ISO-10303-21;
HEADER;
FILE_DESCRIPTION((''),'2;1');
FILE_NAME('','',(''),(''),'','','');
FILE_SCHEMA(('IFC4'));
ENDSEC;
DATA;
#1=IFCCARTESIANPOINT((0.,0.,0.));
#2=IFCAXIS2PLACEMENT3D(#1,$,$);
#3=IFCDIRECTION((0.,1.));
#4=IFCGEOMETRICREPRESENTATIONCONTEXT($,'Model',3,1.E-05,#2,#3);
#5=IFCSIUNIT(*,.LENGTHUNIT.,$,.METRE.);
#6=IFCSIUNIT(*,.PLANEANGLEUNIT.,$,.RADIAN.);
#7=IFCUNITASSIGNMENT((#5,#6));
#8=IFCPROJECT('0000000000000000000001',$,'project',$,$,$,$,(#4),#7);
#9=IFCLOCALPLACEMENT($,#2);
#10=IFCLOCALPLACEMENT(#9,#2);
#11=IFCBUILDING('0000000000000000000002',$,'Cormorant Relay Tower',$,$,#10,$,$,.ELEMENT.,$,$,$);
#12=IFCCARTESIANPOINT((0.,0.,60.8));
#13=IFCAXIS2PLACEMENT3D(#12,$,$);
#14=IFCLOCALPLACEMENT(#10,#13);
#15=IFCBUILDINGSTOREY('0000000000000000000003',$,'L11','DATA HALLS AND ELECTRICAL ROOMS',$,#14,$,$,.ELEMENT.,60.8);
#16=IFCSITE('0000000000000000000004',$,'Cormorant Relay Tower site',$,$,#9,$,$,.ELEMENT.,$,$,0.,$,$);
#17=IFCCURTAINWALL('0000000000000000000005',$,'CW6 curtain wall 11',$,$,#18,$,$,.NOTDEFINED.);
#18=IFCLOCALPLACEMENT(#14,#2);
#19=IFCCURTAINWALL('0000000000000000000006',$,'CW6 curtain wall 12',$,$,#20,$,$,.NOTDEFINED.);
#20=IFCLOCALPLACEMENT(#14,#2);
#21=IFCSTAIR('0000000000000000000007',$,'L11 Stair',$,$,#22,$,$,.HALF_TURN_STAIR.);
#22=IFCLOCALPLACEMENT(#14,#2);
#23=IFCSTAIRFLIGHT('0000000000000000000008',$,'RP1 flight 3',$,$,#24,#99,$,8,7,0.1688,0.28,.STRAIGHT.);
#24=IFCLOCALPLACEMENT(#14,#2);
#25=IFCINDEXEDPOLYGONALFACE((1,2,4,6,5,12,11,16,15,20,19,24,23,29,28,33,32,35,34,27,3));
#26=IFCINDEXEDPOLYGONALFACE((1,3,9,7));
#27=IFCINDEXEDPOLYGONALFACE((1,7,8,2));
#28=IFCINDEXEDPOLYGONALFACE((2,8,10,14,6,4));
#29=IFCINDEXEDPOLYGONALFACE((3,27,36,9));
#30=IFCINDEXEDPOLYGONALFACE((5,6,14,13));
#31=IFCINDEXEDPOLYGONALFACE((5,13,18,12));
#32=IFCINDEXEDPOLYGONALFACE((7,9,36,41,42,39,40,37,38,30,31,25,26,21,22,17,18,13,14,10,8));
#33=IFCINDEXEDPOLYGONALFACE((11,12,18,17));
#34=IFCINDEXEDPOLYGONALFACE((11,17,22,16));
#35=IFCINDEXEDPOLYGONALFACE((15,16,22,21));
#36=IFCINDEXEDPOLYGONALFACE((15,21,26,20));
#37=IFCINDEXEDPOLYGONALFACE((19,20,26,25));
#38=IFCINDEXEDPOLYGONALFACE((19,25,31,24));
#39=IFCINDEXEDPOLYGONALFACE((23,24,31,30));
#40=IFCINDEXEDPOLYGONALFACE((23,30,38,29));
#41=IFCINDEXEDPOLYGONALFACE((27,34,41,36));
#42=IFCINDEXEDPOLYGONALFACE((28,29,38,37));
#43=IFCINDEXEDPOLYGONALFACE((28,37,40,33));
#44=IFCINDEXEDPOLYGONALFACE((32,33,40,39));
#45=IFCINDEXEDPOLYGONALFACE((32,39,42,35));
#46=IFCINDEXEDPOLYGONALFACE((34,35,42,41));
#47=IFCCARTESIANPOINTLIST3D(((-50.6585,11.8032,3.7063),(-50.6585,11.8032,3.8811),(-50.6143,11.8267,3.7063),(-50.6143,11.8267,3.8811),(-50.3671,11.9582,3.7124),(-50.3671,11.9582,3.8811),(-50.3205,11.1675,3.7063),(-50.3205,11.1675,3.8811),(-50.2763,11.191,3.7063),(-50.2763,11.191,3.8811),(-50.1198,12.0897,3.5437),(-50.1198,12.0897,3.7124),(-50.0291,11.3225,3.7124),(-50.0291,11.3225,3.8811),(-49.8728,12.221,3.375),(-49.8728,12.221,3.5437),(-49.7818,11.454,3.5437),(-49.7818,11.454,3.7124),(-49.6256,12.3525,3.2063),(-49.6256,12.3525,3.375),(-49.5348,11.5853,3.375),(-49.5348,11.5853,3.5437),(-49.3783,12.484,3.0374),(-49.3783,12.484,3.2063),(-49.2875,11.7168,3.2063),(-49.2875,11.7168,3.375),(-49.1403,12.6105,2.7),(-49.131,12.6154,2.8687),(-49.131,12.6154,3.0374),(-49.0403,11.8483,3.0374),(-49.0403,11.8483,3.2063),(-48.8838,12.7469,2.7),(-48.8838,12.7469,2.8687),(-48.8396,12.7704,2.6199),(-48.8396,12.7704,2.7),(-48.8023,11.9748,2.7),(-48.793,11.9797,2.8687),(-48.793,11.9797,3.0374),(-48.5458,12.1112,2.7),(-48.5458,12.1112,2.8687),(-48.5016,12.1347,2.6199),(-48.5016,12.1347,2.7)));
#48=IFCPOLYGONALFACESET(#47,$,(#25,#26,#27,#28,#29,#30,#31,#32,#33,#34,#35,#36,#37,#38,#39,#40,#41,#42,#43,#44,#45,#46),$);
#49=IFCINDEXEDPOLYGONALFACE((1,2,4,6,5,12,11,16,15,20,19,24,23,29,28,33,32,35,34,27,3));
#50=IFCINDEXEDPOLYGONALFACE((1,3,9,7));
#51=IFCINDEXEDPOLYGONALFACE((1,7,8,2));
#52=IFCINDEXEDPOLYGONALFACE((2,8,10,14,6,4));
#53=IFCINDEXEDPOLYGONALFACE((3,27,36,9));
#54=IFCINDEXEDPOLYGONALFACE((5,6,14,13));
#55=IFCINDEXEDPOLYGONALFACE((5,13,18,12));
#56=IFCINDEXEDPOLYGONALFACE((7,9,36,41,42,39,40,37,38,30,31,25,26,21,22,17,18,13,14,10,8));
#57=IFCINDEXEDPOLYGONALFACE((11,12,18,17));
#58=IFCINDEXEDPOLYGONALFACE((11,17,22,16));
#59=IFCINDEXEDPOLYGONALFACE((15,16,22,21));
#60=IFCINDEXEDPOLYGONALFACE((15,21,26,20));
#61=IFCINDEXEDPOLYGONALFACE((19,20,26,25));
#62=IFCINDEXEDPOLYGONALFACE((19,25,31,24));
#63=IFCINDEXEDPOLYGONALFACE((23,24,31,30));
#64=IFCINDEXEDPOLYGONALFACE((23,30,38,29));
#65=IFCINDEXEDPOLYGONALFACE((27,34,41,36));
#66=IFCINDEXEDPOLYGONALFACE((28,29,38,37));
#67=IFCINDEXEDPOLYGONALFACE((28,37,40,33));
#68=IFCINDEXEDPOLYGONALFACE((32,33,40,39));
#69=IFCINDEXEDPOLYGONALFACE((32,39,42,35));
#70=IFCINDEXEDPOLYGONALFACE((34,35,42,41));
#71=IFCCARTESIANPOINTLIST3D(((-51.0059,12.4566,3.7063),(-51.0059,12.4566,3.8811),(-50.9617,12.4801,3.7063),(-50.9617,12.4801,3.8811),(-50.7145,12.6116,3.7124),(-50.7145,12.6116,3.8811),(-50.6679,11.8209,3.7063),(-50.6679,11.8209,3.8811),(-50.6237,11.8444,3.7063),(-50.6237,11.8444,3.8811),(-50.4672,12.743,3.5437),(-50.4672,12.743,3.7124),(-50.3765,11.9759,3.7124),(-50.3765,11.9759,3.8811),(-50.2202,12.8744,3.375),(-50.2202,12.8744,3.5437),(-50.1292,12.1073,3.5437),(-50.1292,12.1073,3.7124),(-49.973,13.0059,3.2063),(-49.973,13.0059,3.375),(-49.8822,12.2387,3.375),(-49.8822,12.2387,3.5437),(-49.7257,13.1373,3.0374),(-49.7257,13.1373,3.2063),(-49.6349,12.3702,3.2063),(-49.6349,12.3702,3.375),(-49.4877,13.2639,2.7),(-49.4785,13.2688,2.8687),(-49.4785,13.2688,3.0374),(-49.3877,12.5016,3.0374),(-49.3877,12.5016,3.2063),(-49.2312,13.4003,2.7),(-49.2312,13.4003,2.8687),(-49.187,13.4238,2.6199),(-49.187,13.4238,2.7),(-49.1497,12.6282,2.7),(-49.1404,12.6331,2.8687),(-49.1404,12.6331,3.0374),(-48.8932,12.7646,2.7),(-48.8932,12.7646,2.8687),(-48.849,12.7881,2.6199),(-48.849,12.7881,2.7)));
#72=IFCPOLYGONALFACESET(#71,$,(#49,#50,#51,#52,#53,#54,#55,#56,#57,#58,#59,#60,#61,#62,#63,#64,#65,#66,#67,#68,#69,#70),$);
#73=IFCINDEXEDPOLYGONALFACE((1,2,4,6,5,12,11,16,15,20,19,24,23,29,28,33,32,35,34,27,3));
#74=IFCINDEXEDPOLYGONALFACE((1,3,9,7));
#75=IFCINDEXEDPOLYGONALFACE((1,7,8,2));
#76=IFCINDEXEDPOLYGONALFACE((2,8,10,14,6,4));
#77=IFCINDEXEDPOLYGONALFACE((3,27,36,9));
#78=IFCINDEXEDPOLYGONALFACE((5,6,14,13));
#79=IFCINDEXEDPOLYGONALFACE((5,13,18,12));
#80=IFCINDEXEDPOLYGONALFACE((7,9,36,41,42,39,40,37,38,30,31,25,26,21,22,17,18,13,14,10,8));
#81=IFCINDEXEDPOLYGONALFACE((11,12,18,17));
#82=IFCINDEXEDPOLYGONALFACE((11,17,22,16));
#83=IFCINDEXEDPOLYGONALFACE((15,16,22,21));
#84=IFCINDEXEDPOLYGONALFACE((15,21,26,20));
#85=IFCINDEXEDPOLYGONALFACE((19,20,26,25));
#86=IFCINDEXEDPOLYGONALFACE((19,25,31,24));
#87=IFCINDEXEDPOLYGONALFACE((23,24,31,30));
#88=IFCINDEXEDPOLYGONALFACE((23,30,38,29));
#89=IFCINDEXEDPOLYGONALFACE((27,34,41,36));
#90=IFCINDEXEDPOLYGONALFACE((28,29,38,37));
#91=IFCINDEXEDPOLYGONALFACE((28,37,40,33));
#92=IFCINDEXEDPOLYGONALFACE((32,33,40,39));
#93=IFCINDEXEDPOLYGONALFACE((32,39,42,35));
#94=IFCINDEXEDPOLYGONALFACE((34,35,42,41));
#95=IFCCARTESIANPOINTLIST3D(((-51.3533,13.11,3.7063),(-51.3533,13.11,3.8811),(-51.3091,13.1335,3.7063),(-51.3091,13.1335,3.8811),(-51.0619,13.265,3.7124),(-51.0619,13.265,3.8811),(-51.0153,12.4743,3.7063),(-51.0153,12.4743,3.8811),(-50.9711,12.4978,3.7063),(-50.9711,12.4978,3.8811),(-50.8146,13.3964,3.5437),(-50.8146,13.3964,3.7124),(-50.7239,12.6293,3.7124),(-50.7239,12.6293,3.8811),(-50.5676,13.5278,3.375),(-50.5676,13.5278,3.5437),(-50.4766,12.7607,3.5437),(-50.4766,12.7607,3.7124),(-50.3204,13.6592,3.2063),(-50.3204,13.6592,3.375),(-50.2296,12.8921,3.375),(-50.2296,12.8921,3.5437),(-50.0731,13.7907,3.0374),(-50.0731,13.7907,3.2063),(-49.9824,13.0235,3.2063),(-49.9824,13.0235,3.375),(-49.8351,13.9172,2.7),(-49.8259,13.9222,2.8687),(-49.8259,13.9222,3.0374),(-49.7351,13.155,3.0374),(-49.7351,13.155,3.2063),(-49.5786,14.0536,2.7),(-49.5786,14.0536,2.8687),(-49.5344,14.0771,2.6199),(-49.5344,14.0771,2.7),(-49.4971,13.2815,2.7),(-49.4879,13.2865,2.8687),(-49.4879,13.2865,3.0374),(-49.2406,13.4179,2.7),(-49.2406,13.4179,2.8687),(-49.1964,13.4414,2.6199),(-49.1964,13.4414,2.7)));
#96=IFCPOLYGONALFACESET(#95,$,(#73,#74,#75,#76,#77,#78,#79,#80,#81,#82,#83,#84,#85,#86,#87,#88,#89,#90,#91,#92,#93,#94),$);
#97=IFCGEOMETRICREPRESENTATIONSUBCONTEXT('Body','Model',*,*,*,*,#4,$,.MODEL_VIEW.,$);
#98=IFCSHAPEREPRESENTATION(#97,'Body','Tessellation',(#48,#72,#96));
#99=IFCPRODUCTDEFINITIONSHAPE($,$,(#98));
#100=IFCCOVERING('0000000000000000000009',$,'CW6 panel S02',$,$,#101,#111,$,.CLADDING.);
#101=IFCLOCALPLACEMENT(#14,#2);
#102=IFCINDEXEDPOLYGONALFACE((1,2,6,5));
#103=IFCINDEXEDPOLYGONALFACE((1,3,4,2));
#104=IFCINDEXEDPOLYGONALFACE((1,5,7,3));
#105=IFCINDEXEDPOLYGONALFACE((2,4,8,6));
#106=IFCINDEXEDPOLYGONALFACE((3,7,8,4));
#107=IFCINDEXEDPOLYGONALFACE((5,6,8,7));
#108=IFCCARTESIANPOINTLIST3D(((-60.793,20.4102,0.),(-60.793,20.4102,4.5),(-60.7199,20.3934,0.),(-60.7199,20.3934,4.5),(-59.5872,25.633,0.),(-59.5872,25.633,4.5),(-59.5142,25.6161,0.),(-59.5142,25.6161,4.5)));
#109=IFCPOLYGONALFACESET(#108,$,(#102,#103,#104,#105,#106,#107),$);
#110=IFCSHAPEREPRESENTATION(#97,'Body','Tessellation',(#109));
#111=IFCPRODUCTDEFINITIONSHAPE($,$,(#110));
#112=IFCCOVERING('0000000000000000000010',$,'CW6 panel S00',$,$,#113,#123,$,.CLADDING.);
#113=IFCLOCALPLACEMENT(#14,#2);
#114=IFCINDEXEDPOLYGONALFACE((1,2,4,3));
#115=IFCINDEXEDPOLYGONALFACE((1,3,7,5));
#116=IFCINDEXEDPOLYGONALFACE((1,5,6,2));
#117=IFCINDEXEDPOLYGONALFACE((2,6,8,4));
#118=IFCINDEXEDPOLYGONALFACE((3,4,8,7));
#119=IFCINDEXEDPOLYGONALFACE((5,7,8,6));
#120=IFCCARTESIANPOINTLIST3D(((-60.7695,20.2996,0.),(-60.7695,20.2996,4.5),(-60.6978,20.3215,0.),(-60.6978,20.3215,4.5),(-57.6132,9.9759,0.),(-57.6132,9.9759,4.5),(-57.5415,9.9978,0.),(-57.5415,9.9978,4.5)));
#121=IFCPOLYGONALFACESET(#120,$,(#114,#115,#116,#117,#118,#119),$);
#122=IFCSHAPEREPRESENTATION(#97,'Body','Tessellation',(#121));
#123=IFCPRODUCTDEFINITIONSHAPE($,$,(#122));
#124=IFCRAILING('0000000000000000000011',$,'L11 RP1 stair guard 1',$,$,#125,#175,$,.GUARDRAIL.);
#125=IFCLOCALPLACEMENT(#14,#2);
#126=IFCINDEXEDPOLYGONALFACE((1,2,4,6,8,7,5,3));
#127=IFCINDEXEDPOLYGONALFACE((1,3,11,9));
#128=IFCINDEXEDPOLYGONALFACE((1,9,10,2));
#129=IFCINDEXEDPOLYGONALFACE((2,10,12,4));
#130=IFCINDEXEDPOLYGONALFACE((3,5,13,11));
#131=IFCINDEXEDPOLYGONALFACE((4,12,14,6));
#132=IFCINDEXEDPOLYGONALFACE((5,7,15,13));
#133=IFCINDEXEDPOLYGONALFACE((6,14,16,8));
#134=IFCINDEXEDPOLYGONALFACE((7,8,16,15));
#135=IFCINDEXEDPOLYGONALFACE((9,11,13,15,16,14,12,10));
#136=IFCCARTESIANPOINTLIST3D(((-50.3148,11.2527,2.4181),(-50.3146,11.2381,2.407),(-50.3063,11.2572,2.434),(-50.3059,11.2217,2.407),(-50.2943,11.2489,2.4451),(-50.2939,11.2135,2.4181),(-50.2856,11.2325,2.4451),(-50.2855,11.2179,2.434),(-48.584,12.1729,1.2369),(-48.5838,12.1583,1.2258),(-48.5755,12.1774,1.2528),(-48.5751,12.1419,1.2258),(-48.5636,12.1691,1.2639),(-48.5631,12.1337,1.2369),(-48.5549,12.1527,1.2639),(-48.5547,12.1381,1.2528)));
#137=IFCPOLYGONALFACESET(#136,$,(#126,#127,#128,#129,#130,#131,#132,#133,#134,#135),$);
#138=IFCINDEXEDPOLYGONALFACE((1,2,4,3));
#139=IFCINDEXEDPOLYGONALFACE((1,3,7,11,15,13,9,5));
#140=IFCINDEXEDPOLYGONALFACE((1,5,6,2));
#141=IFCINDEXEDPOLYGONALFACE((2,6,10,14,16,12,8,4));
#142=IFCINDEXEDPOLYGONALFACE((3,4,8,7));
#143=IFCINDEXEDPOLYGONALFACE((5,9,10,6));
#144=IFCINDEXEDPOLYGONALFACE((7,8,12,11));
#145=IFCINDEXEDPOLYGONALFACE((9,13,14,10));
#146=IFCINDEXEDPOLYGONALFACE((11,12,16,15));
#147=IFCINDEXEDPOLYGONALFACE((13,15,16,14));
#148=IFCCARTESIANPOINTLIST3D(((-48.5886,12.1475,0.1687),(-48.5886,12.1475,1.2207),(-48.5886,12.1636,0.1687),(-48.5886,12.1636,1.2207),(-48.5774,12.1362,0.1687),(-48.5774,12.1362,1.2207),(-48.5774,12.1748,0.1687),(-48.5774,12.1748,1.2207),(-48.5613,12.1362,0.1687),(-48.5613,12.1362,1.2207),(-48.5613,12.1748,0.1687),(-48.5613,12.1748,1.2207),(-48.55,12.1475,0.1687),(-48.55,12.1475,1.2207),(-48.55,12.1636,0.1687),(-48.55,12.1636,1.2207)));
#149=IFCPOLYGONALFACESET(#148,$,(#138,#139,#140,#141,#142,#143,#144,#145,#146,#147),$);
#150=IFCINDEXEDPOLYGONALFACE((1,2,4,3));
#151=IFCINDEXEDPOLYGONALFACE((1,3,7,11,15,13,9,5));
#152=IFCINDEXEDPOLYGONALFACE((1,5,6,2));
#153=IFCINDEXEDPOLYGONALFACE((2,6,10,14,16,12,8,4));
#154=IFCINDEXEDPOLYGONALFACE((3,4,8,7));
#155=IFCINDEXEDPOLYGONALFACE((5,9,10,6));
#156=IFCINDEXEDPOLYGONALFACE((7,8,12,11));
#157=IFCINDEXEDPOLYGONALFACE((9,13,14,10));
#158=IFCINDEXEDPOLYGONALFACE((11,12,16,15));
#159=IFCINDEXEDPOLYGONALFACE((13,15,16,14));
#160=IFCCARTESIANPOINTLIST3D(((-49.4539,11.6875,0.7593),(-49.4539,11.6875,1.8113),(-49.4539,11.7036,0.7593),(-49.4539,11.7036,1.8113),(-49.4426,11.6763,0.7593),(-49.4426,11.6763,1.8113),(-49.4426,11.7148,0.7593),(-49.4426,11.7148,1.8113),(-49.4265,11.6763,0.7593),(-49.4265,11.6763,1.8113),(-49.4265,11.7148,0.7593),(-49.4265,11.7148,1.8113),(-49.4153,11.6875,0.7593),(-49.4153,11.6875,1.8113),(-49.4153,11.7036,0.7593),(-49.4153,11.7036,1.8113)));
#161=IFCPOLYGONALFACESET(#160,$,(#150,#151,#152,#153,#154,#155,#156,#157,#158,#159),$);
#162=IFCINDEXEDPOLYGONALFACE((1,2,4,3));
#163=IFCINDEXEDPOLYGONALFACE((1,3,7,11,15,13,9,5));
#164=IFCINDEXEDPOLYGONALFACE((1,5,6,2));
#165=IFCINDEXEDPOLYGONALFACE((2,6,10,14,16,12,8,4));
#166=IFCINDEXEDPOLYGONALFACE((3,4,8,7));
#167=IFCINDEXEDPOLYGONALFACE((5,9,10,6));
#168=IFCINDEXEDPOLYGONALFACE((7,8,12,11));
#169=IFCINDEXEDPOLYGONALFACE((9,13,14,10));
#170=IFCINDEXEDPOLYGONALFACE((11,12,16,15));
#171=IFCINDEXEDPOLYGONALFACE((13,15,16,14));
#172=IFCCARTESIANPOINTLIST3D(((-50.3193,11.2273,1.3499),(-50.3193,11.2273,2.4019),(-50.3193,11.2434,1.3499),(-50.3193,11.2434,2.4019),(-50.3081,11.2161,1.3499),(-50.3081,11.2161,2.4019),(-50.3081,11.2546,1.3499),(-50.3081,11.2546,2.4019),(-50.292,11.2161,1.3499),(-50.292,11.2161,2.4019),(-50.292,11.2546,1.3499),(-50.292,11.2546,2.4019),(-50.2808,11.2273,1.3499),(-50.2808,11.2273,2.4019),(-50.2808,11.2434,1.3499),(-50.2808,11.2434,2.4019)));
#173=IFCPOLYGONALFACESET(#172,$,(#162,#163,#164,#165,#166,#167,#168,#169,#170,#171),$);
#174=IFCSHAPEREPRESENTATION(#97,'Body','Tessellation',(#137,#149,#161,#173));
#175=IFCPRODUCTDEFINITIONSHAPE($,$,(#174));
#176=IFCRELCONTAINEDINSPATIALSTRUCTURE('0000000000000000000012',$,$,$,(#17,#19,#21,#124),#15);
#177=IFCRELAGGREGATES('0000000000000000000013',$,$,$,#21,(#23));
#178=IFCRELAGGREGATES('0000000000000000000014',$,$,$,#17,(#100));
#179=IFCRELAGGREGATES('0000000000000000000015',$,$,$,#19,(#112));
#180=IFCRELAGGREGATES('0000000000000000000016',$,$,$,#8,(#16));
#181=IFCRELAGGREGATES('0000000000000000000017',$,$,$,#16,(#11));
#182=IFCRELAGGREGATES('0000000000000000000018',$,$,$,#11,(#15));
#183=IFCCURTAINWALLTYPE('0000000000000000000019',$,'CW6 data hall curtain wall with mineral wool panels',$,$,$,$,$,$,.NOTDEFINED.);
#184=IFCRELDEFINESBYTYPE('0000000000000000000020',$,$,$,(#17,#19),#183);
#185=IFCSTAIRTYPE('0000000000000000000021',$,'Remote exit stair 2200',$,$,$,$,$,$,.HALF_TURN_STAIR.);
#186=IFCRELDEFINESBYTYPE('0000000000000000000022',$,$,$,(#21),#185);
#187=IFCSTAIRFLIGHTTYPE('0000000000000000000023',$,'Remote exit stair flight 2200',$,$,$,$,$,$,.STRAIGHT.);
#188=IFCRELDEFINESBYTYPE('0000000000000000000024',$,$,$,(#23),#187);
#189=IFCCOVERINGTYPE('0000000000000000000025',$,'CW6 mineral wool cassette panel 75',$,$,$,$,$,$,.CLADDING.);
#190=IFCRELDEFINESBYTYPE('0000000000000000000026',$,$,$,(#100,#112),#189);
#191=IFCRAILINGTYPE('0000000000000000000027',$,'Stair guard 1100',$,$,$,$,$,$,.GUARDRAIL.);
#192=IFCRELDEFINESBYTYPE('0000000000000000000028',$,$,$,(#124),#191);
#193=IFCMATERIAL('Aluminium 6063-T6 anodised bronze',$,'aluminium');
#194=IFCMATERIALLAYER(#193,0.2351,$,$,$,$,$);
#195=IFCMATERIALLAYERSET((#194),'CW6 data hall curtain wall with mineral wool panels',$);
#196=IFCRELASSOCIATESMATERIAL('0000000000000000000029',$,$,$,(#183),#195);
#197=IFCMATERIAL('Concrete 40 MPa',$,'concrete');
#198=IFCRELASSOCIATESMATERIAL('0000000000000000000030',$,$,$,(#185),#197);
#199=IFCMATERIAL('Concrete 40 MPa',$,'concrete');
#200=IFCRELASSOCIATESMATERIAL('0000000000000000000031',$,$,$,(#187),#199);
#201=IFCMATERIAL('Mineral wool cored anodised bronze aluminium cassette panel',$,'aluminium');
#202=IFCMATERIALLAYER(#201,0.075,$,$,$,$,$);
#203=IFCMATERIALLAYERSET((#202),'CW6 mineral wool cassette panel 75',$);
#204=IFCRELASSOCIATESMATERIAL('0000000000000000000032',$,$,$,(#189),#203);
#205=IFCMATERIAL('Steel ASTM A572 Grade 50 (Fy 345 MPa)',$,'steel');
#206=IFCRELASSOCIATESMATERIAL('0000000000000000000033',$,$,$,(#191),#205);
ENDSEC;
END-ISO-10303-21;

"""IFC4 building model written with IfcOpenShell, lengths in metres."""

from ifc_helpers import new_model, si_unit, direction, frame, origin, origin_2d, place, context, subcontext, project, spatial, polyline, rectangle, outline, extrude, material, layer, layer_set, type_object, element, aggregate, save


model = new_model("IFC4")

# Units and contexts
model_context = context("Model", 3, precision=1e-05, world=origin(), true_north=direction((0.0, 1.0)))
body_context = subcontext(model_context, "Body", "Model", "MODEL_VIEW")
ifc_project = project(units=[si_unit("LENGTHUNIT", "METRE"), si_unit("PLANEANGLEUNIT", "RADIAN")], contexts=[model_context])

# Site, building, storey
site_placement = place(None, origin())
site = spatial("IfcSite", under=ifc_project, at=site_placement, Name="Cormorant Relay Tower site", CompositionType="ELEMENT", RefElevation=0.0)
building_placement = place(site_placement, origin())
building = spatial("IfcBuilding", under=site, at=building_placement, Name="Cormorant Relay Tower", CompositionType="ELEMENT")
storey_placement = place(building_placement, frame((0.0, 0.0, 60.8)))
storey = spatial("IfcBuildingStorey", under=building, at=storey_placement, Name="L11", Description="DATA HALLS AND ELECTRICAL ROOMS", CompositionType="ELEMENT", Elevation=60.8)

# Curtain wall
ifc_material_1 = material(Name="Aluminium 6063-T6 anodised bronze", Category="aluminium")
ifc_layer_1 = layer(ifc_material_1, 0.2351)
ifc_layer_set_1 = layer_set([ifc_layer_1], Name="CW6 data hall curtain wall with mineral wool panels")
curtain_wall_type = type_object("IfcCurtainWallType", Name="CW6 data hall curtain wall with mineral wool panels", PredefinedType="NOTDEFINED", material=ifc_layer_set_1)
curtain_wall_1_placement = place(storey_placement, origin())
curtain_wall_1 = element("IfcCurtainWall", 1, at=curtain_wall_1_placement, inside=storey, type_object=curtain_wall_type, Name="CW6 curtain wall 11", PredefinedType="NOTDEFINED")

# Curtain wall
curtain_wall_2_placement = place(storey_placement, origin())
curtain_wall_2 = element("IfcCurtainWall", 2, at=curtain_wall_2_placement, inside=storey, type_object=curtain_wall_type, Name="CW6 curtain wall 12", PredefinedType="NOTDEFINED")

# Stair, stair flight
ifc_material_2 = material(Name="Concrete 40 MPa", Category="concrete")
stair_type = type_object("IfcStairType", Name="Remote exit stair 2200", PredefinedType="HALF_TURN_STAIR", material=ifc_material_2)
stair_placement = place(storey_placement, origin())
stair = element("IfcStair", 3, at=stair_placement, inside=storey, type_object=stair_type, Name="L11 Stair", PredefinedType="HALF_TURN_STAIR")
ifc_material_3 = material(Name="Concrete 40 MPa", Category="concrete")
stair_flight_type = type_object("IfcStairFlightType", Name="Remote exit stair flight 2200", PredefinedType="STRAIGHT", material=ifc_material_3)
stair_flight_1_placement = place(storey_placement, frame((-49.0623, 13.0825, 2.7), z_axis=(0.0, 0.0, 1.0), x_axis=(-0.882948, -0.469472, 0.0)))
stair_flight_1 = element("IfcStairFlight", 4, at=stair_flight_1_placement, type_object=stair_flight_type, Name="RP1 flight 3", NumberOfRisers=8, NumberOfTreads=7, PredefinedType="STRAIGHT", RiserHeight=0.1688, TreadLength=0.28, context=body_context, shape_type="SweptSolid", body=[
    extrude(outline(polyline([(-0.05, -0.0801), (-0.05, 0.0), (0.0, 0.0), (0.0, 0.1687), (0.28, 0.1687), (0.28, 0.3374), (0.5601, 0.3374), (0.5601, 0.5063), (0.8401, 0.5063), (0.8401, 0.675), (1.1201, 0.675), (1.1201, 0.8438), (1.3999, 0.8438), (1.3999, 1.0125), (1.6799, 1.0125), (1.6799, 1.1812), (1.96, 1.1812), (2.01, 1.1812), (2.01, 1.0063), (1.96, 1.0063), (0.2905, 0.0), (-0.05, -0.0801)])), frame((0.0, 1.1001, 0.0), z_axis=(0.0, -1.0, 0.0), x_axis=(1.0, 0.0, 0.0)), (0.0, 0.0, 1.0), 0.72),
    extrude(outline(polyline([(-0.05, -0.0801), (-0.05, 0.0), (0.0, 0.0), (0.0, 0.1687), (0.28, 0.1687), (0.28, 0.3374), (0.5601, 0.3374), (0.5601, 0.5063), (0.8401, 0.5063), (0.8401, 0.675), (1.1201, 0.675), (1.1201, 0.8438), (1.3999, 0.8438), (1.3999, 1.0125), (1.6799, 1.0125), (1.6799, 1.1812), (1.96, 1.1812), (2.01, 1.1812), (2.01, 1.0063), (1.96, 1.0063), (0.2905, 0.0), (-0.05, -0.0801)])), frame((0.0, 0.3601, 0.0), z_axis=(0.0, -1.0, 0.0), x_axis=(1.0, 0.0, 0.0)), (0.0, 0.0, 1.0), 0.72),
    extrude(outline(polyline([(-0.05, -0.0801), (-0.05, 0.0), (0.0, 0.0), (0.0, 0.1687), (0.28, 0.1687), (0.28, 0.3374), (0.5601, 0.3374), (0.5601, 0.5063), (0.8401, 0.5063), (0.8401, 0.675), (1.1201, 0.675), (1.1201, 0.8438), (1.3999, 0.8438), (1.3999, 1.0125), (1.6799, 1.0125), (1.6799, 1.1812), (1.96, 1.1812), (2.01, 1.1812), (2.01, 1.0063), (1.96, 1.0063), (0.2905, 0.0), (-0.05, -0.0801)])), frame((0.0, -0.3799, 0.0), z_axis=(0.0, -1.0, 0.0), x_axis=(1.0, 0.0, 0.0)), (0.0, 0.0, 1.0), 0.72),
])
aggregate(stair, [stair_flight_1])

# Coverings
ifc_material_4 = material(Name="Mineral wool cored anodised bronze aluminium cassette panel", Category="aluminium")
ifc_layer_2 = layer(ifc_material_4, 0.075)
ifc_layer_set_2 = layer_set([ifc_layer_2], Name="CW6 mineral wool cassette panel 75")
covering_type = type_object("IfcCoveringType", Name="CW6 mineral wool cassette panel 75", PredefinedType="CLADDING", material=ifc_layer_set_2)
covering_1_placement = place(storey_placement, frame((-60.1536, 23.0132, 0.0), z_axis=(0.0, 0.0, 1.0), x_axis=(-0.224951, -0.97437, 0.0)))
covering_1 = element("IfcCovering", 5, at=covering_1_placement, type_object=covering_type, Name="CW6 panel S02", PredefinedType="CLADDING", context=body_context, shape_type="SweptSolid", body=[
    extrude(rectangle(XDim=5.3601, YDim=0.075, at=origin_2d()), origin(), (0.0, 0.0, 1.0), 4.5),
])
aggregate(curtain_wall_1, [covering_1])
covering_2_placement = place(storey_placement, frame((-59.1555, 15.1487, 0.0), z_axis=(0.0, 0.0, 1.0), x_axis=(0.292372, -0.956305, 0.0)))
covering_2 = element("IfcCovering", 6, at=covering_2_placement, type_object=covering_type, Name="CW6 panel S00", PredefinedType="CLADDING", context=body_context, shape_type="SweptSolid", body=[
    extrude(rectangle(XDim=10.7954, YDim=0.075, at=origin_2d()), origin(), (0.0, 0.0, 1.0), 4.5),
])
aggregate(curtain_wall_2, [covering_2])

# Railing
ifc_material_5 = material(Name="Steel ASTM A572 Grade 50 (Fy 345 MPa)", Category="steel")
railing_type_1 = type_object("IfcRailingType", Name="Stair guard 1100", PredefinedType="GUARDRAIL", material=ifc_material_5)
railing_1_placement = place(storey_placement, frame((-48.5693, 12.1555, 0.1687)))
element("IfcRailing", 7, at=railing_1_placement, inside=storey, type_object=railing_type_1, Name="L11 RP1 stair guard 1", PredefinedType="GUARDRAIL", context=body_context, shape_type="SweptSolid", body=[
    extrude(outline(polyline([(0.0222, 0.0093), (0.0093, 0.0222), (-0.0093, 0.0222), (-0.0222, 0.0093), (-0.0222, -0.0093), (-0.0093, -0.0222), (0.0093, -0.0222), (0.0222, -0.0093), (0.0222, 0.0093)])), frame((0.0, 0.0, 1.0762), z_axis=(-0.756268, -0.402084, 0.516127), x_axis=(0.469444, -0.882962, 0.0)), (0.0, 0.0, 1.0), 2.2886),
    extrude(outline(polyline([(0.0193, 0.0081), (0.0081, 0.0193), (-0.0081, 0.0193), (-0.0193, 0.0081), (-0.0193, -0.0081), (-0.0081, -0.0193), (0.0081, -0.0193), (0.0193, -0.0081), (0.0193, 0.0081)])), origin(), (0.0, 0.0, 1.0), 1.052),
    extrude(outline(polyline([(0.0193, 0.0081), (0.0081, 0.0193), (-0.0081, 0.0193), (-0.0193, 0.0081), (-0.0193, -0.0081), (-0.0081, -0.0193), (0.0081, -0.0193), (0.0193, -0.0081), (0.0193, 0.0081)])), frame((-0.8652, -0.46, 0.5906)), (0.0, 0.0, 1.0), 1.052),
    extrude(outline(polyline([(0.0193, 0.0081), (0.0081, 0.0193), (-0.0081, 0.0193), (-0.0193, 0.0081), (-0.0193, -0.0081), (-0.0081, -0.0193), (0.0081, -0.0193), (0.0193, -0.0081), (0.0193, 0.0081)])), frame((-1.7307, -0.9202, 1.1812)), (0.0, 0.0, 1.0), 1.052),
])

save(model, "model.ifc")
